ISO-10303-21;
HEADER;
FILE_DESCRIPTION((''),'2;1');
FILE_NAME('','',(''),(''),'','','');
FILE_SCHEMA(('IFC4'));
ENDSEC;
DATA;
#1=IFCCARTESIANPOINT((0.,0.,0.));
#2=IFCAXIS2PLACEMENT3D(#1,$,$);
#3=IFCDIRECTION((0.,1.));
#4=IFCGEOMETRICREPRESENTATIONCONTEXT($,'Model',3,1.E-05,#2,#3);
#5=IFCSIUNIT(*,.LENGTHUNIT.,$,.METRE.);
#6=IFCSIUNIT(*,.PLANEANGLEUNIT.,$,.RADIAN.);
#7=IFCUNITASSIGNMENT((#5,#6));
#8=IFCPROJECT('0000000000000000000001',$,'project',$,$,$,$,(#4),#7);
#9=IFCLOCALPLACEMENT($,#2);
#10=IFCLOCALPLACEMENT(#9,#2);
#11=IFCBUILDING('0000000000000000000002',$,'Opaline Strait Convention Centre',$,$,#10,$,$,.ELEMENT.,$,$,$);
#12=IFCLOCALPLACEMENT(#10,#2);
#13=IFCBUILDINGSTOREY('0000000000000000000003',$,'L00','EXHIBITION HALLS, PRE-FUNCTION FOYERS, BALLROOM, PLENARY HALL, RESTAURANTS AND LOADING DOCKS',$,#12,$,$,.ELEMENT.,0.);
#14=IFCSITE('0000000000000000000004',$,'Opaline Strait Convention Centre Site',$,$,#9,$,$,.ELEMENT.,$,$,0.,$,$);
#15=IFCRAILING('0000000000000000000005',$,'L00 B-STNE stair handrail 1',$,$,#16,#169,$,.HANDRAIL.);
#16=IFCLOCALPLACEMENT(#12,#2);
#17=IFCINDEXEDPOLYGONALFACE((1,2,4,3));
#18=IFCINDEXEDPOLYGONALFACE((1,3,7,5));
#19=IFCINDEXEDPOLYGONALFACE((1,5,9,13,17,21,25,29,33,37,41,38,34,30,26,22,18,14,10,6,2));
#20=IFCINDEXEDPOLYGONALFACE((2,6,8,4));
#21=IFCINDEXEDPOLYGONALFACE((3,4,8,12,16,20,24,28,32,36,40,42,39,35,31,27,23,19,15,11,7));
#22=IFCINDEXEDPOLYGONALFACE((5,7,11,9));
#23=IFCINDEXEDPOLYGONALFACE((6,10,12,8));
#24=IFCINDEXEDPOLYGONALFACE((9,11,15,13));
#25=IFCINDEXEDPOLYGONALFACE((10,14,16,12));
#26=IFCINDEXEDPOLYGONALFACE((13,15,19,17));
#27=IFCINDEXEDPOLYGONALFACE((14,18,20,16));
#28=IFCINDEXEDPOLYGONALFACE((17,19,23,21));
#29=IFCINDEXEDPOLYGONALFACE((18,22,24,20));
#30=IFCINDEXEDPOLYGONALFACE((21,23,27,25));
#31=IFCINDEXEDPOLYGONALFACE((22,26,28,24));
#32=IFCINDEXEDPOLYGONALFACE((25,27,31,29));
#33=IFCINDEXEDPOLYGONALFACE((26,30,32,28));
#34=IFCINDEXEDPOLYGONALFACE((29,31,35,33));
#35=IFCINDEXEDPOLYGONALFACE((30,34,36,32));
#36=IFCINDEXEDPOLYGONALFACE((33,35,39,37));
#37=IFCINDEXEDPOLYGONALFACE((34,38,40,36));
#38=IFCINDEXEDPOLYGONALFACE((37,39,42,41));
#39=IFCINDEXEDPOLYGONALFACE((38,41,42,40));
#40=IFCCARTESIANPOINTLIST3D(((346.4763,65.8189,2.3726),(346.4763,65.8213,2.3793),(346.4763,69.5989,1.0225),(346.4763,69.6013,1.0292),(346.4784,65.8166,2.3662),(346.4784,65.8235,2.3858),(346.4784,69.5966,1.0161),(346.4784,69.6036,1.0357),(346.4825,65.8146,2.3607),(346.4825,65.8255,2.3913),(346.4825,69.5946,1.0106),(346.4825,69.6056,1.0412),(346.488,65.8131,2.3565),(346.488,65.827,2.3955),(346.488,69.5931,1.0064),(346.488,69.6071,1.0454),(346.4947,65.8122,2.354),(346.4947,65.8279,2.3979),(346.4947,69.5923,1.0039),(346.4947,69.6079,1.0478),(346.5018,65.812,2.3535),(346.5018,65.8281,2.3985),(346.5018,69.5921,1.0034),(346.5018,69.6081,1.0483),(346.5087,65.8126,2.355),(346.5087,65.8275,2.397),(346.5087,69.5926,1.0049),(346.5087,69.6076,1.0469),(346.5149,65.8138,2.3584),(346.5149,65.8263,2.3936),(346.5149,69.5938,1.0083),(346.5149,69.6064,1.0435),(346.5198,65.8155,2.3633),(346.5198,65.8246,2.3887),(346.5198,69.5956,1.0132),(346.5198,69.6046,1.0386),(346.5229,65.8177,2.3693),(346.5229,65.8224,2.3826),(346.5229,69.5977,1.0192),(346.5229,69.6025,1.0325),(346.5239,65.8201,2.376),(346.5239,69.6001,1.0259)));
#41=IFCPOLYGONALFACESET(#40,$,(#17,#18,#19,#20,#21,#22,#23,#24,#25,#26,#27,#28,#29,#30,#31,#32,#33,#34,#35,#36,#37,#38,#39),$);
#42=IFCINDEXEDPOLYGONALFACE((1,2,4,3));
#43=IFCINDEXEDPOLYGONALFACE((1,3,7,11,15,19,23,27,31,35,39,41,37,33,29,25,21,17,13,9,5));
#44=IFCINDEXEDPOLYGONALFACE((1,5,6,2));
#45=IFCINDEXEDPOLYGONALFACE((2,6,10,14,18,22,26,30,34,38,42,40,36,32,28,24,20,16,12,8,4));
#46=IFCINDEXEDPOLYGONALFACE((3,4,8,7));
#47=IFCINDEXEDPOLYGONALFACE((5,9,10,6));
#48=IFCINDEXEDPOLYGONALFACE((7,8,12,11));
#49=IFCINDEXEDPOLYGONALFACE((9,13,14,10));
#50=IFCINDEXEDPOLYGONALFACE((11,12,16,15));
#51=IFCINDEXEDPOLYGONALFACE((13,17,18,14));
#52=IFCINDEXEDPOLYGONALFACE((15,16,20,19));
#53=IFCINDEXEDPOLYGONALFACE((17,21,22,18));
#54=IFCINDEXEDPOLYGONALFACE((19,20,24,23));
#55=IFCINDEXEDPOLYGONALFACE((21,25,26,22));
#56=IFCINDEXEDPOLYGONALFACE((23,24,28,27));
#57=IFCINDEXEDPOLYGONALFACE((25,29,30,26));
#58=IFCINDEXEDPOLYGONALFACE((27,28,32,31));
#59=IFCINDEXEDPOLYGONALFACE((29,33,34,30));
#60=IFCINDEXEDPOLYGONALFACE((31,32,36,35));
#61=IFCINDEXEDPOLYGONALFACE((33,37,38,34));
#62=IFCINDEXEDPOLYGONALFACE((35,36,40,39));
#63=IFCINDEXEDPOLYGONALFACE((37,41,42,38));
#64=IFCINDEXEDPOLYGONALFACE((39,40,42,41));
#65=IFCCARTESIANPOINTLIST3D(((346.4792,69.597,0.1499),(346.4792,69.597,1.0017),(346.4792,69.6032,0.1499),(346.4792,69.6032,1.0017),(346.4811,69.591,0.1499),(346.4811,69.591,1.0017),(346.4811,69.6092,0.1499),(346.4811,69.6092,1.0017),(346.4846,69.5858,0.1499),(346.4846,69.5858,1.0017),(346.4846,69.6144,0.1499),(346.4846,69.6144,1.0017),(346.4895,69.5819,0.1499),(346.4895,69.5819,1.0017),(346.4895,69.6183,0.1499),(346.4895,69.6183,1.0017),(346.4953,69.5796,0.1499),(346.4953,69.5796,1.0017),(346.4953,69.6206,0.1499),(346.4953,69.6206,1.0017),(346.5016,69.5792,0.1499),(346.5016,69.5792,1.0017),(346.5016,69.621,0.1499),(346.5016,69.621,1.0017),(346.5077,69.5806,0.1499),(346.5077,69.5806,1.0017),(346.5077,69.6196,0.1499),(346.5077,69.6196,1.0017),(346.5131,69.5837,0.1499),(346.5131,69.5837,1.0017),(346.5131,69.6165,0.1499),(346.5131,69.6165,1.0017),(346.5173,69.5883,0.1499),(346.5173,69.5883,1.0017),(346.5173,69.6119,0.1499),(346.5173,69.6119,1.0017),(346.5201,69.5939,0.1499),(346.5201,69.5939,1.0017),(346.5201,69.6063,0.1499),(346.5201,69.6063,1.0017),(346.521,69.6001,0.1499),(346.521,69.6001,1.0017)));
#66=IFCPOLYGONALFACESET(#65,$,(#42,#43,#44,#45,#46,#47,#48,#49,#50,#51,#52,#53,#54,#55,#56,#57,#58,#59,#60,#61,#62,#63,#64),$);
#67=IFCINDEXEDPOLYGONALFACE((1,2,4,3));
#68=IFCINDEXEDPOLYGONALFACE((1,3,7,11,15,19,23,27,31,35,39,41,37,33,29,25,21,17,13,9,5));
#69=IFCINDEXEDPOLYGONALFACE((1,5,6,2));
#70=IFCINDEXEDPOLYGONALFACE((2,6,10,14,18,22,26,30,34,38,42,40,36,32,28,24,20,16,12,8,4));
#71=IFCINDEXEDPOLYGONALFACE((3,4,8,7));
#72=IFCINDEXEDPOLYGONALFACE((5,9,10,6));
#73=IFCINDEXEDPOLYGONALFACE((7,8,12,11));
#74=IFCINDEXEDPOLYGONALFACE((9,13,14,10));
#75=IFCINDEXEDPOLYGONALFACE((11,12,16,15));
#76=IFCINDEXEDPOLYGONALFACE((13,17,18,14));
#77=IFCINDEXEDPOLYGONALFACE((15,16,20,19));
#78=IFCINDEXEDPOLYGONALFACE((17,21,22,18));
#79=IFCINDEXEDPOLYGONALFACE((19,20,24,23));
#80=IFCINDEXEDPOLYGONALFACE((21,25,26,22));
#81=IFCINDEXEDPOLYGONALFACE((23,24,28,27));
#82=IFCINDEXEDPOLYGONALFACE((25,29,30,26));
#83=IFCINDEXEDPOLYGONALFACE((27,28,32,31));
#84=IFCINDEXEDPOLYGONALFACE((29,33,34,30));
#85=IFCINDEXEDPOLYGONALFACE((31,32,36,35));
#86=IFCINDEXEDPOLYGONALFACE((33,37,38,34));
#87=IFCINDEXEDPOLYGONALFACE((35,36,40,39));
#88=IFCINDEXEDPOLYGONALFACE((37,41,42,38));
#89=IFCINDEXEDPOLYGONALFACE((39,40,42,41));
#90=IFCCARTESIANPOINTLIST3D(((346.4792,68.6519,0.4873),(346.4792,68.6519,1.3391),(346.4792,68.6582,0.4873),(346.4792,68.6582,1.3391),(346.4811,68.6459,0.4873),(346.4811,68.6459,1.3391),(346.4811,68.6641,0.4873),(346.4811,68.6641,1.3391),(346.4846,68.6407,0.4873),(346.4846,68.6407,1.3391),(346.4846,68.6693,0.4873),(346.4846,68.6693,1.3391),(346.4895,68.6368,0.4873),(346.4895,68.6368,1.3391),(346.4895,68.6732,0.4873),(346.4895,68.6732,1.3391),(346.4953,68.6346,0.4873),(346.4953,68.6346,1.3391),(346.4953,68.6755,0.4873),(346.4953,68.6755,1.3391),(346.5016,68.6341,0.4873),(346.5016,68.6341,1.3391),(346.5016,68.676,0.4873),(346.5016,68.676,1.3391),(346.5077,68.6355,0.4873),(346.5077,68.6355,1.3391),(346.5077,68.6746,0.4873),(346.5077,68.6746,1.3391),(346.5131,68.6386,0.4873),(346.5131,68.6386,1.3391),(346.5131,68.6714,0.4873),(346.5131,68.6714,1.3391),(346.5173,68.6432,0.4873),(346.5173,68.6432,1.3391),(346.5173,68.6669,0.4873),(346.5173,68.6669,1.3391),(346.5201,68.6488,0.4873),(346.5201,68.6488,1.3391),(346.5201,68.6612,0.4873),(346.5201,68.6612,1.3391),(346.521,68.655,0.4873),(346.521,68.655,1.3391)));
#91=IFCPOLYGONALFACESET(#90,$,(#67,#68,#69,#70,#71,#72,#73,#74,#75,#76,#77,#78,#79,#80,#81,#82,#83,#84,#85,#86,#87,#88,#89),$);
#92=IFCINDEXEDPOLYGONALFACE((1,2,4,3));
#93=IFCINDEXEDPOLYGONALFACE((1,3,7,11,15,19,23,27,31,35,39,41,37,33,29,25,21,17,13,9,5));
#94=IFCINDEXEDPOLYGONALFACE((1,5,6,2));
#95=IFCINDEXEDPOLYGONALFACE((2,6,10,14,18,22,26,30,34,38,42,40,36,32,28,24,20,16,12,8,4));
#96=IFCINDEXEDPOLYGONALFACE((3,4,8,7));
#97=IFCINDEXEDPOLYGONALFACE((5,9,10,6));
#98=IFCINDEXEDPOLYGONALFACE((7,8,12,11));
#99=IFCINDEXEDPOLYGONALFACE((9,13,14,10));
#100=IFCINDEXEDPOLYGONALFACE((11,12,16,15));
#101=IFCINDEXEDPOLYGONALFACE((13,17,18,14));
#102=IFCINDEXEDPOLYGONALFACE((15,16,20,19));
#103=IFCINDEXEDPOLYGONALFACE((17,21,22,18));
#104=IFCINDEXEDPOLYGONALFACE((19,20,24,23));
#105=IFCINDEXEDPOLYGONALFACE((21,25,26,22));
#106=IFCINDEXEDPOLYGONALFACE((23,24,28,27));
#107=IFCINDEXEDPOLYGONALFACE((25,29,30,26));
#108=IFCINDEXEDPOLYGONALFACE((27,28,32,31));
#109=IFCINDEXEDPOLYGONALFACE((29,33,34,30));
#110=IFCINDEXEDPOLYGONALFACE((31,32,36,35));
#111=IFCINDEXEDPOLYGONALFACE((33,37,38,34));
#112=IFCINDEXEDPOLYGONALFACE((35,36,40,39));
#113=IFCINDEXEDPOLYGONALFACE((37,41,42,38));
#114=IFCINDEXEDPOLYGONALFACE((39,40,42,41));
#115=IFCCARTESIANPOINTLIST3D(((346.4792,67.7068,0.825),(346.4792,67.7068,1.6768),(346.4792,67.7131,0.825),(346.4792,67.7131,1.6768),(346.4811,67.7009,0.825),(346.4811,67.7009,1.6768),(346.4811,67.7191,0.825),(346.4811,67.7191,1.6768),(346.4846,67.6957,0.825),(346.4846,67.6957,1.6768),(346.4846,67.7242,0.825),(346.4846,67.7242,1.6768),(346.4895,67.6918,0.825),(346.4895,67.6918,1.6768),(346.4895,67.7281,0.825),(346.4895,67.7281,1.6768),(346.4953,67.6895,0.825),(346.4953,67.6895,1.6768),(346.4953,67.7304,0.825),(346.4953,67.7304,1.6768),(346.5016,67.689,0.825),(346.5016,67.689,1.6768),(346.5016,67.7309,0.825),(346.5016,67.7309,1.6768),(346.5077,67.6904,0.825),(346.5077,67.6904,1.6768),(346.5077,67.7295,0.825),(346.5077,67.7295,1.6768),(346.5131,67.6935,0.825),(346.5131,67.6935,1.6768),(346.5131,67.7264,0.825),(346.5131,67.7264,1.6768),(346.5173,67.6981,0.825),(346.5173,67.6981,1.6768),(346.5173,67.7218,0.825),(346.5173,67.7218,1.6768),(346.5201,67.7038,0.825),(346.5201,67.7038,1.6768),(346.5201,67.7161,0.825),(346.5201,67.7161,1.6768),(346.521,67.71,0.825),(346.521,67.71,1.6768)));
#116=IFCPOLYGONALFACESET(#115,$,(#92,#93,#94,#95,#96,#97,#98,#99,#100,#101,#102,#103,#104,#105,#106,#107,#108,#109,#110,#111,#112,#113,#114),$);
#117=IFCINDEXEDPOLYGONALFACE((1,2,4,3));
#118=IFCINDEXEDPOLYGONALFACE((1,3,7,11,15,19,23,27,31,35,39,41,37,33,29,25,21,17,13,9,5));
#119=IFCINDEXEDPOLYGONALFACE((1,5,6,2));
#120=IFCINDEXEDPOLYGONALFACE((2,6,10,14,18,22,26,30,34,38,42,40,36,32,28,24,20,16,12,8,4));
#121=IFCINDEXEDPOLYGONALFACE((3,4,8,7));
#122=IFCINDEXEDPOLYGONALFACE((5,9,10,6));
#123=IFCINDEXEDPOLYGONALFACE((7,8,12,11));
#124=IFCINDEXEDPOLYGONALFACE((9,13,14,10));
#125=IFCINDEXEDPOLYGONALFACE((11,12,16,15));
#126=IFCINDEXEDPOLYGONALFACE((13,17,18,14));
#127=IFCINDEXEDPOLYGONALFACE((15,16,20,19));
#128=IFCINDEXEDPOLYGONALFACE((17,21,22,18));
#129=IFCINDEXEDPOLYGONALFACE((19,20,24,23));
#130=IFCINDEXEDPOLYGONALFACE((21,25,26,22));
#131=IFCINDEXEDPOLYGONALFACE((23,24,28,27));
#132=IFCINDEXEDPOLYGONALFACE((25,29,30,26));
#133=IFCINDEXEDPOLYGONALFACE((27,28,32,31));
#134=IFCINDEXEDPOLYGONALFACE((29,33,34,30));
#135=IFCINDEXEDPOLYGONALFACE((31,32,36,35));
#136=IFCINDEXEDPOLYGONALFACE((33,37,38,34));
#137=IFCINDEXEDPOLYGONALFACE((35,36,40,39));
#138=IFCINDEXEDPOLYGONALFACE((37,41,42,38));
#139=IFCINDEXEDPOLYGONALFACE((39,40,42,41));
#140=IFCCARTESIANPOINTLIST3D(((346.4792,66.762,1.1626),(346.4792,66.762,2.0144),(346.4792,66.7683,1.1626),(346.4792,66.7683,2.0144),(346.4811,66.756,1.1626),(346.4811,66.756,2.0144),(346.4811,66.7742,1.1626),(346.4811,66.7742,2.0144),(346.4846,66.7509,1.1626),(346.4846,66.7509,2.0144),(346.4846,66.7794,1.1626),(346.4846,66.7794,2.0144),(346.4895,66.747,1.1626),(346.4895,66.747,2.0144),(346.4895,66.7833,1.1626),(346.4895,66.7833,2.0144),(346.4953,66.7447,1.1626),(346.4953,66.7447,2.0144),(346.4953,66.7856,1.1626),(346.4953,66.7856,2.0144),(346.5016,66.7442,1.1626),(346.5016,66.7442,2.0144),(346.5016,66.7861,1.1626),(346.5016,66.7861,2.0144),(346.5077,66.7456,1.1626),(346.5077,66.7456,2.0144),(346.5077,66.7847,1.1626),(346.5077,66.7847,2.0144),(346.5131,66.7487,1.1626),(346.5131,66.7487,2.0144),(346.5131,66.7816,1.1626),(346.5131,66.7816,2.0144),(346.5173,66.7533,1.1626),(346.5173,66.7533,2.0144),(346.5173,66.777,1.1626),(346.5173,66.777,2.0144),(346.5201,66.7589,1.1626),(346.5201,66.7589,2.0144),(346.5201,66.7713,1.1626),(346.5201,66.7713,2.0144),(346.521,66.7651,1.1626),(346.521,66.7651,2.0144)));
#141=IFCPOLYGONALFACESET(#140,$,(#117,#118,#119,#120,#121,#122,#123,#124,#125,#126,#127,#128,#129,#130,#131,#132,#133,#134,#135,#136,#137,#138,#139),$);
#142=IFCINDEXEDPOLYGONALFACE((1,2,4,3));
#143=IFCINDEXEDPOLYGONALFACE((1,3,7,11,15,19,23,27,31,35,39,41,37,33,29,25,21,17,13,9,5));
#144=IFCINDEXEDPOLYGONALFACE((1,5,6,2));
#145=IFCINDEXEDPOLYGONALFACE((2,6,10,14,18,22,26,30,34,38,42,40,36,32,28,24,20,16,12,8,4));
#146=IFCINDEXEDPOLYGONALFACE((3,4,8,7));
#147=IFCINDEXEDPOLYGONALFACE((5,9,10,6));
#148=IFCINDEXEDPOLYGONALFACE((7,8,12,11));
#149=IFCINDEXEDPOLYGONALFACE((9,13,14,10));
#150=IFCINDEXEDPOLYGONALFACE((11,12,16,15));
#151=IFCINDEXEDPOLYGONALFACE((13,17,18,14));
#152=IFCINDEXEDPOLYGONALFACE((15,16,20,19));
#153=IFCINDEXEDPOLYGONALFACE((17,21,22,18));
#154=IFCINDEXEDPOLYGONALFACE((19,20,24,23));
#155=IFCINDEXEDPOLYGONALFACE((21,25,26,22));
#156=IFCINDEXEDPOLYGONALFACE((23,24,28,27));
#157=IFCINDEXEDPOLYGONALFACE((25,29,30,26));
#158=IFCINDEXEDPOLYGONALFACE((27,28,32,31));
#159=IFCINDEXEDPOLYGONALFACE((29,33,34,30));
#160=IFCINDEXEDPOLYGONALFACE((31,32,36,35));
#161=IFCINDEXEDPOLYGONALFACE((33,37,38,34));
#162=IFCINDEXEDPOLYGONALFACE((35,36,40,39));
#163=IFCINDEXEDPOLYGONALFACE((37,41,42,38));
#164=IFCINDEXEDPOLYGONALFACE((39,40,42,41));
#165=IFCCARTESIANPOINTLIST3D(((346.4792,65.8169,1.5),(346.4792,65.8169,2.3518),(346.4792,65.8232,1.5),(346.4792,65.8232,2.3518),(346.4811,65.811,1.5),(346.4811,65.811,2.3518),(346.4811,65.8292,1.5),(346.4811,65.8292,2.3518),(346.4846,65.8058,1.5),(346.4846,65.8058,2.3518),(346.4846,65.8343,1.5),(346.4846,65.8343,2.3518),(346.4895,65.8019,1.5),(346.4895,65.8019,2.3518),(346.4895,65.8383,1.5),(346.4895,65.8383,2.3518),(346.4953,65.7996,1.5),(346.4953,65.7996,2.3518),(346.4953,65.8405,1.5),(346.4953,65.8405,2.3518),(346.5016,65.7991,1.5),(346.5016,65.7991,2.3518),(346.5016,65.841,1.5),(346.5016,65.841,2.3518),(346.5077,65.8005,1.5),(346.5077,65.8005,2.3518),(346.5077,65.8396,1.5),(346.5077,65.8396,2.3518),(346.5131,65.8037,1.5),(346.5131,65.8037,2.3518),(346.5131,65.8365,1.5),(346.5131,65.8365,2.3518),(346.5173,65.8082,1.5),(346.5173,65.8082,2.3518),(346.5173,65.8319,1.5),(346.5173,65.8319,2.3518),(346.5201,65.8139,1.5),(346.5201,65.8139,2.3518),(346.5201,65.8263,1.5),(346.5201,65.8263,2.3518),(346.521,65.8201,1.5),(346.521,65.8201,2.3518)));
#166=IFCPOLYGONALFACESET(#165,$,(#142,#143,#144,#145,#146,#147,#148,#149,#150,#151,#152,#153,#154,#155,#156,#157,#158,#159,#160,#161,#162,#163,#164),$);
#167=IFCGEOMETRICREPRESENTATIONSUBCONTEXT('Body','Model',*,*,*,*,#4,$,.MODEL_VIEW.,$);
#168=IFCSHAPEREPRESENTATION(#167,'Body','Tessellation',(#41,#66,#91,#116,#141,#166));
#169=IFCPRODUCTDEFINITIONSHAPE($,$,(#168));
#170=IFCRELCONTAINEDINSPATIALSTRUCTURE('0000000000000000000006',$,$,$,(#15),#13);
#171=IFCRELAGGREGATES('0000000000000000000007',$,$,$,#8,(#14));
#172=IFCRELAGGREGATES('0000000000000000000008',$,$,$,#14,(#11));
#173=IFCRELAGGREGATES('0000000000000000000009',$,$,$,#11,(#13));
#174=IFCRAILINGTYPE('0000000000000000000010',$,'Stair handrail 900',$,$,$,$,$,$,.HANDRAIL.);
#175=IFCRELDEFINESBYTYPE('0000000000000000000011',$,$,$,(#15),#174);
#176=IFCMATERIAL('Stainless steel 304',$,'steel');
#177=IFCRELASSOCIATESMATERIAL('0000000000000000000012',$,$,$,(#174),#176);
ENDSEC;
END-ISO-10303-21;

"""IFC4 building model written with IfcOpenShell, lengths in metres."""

from ifc_helpers import new_model, si_unit, direction, frame, origin, origin_2d, place, context, subcontext, project, spatial, circle, extrude, material, type_object, element, save


model = new_model("IFC4")

# Units and contexts
model_context = context("Model", 3, precision=1e-05, world=origin(), true_north=direction((0.0, 1.0)))
body_context = subcontext(model_context, "Body", "Model", "MODEL_VIEW")
ifc_project = project(units=[si_unit("LENGTHUNIT", "METRE"), si_unit("PLANEANGLEUNIT", "RADIAN")], contexts=[model_context])

# Site, building, storey
site_placement = place(None, origin())
site = spatial("IfcSite", under=ifc_project, at=site_placement, Name="Opaline Strait Convention Centre Site", CompositionType="ELEMENT", RefElevation=0.0)
building_placement = place(site_placement, origin())
building = spatial("IfcBuilding", under=site, at=building_placement, Name="Opaline Strait Convention Centre", CompositionType="ELEMENT")
storey_placement = place(building_placement, origin())
storey = spatial("IfcBuildingStorey", under=building, at=storey_placement, Name="L00", Description="EXHIBITION HALLS, PRE-FUNCTION FOYERS, BALLROOM, PLENARY HALL, RESTAURANTS AND LOADING DOCKS", CompositionType="ELEMENT", Elevation=0.0)

# Railing
ifc_material_1 = material(Name="Stainless steel 304", Category="steel")
railing_type_1 = type_object("IfcRailingType", Name="Stair handrail 900", PredefinedType="HANDRAIL", material=ifc_material_1)
for number, where, name in (
    (1, (346.5, 69.6001, 0.1499), "L00 B-STNE stair handrail 1"),
):
    element("IfcRailing", number, at=place(storey_placement, frame(where)), inside=storey, type_object=railing_type_1, Name=name, PredefinedType="HANDRAIL", context=body_context, shape_type="SweptSolid", body=[
        extrude(circle(Radius=0.0239, at=origin_2d()), frame((0.0, 0.0, 0.876), z_axis=(0.0, -0.941735, 0.336356), x_axis=(1.0, 0.0, 0.0)), (0.0, 0.0, 1.0), 4.0139),
        extrude(circle(Radius=0.021, at=origin_2d()), origin(), (0.0, 0.0, 1.0), 0.8518),
        extrude(circle(Radius=0.021, at=origin_2d()), frame((0.0, -0.9451, 0.3374)), (0.0, 0.0, 1.0), 0.8518),
        extrude(circle(Radius=0.021, at=origin_2d()), frame((0.0, -1.8901, 0.675)), (0.0, 0.0, 1.0), 0.8518),
        extrude(circle(Radius=0.021, at=origin_2d()), frame((0.0, -2.835, 1.0127)), (0.0, 0.0, 1.0), 0.8518),
        extrude(circle(Radius=0.021, at=origin_2d()), frame((0.0, -3.78, 1.3501)), (0.0, 0.0, 1.0), 0.8518),
    ])

save(model, "model.ifc")
